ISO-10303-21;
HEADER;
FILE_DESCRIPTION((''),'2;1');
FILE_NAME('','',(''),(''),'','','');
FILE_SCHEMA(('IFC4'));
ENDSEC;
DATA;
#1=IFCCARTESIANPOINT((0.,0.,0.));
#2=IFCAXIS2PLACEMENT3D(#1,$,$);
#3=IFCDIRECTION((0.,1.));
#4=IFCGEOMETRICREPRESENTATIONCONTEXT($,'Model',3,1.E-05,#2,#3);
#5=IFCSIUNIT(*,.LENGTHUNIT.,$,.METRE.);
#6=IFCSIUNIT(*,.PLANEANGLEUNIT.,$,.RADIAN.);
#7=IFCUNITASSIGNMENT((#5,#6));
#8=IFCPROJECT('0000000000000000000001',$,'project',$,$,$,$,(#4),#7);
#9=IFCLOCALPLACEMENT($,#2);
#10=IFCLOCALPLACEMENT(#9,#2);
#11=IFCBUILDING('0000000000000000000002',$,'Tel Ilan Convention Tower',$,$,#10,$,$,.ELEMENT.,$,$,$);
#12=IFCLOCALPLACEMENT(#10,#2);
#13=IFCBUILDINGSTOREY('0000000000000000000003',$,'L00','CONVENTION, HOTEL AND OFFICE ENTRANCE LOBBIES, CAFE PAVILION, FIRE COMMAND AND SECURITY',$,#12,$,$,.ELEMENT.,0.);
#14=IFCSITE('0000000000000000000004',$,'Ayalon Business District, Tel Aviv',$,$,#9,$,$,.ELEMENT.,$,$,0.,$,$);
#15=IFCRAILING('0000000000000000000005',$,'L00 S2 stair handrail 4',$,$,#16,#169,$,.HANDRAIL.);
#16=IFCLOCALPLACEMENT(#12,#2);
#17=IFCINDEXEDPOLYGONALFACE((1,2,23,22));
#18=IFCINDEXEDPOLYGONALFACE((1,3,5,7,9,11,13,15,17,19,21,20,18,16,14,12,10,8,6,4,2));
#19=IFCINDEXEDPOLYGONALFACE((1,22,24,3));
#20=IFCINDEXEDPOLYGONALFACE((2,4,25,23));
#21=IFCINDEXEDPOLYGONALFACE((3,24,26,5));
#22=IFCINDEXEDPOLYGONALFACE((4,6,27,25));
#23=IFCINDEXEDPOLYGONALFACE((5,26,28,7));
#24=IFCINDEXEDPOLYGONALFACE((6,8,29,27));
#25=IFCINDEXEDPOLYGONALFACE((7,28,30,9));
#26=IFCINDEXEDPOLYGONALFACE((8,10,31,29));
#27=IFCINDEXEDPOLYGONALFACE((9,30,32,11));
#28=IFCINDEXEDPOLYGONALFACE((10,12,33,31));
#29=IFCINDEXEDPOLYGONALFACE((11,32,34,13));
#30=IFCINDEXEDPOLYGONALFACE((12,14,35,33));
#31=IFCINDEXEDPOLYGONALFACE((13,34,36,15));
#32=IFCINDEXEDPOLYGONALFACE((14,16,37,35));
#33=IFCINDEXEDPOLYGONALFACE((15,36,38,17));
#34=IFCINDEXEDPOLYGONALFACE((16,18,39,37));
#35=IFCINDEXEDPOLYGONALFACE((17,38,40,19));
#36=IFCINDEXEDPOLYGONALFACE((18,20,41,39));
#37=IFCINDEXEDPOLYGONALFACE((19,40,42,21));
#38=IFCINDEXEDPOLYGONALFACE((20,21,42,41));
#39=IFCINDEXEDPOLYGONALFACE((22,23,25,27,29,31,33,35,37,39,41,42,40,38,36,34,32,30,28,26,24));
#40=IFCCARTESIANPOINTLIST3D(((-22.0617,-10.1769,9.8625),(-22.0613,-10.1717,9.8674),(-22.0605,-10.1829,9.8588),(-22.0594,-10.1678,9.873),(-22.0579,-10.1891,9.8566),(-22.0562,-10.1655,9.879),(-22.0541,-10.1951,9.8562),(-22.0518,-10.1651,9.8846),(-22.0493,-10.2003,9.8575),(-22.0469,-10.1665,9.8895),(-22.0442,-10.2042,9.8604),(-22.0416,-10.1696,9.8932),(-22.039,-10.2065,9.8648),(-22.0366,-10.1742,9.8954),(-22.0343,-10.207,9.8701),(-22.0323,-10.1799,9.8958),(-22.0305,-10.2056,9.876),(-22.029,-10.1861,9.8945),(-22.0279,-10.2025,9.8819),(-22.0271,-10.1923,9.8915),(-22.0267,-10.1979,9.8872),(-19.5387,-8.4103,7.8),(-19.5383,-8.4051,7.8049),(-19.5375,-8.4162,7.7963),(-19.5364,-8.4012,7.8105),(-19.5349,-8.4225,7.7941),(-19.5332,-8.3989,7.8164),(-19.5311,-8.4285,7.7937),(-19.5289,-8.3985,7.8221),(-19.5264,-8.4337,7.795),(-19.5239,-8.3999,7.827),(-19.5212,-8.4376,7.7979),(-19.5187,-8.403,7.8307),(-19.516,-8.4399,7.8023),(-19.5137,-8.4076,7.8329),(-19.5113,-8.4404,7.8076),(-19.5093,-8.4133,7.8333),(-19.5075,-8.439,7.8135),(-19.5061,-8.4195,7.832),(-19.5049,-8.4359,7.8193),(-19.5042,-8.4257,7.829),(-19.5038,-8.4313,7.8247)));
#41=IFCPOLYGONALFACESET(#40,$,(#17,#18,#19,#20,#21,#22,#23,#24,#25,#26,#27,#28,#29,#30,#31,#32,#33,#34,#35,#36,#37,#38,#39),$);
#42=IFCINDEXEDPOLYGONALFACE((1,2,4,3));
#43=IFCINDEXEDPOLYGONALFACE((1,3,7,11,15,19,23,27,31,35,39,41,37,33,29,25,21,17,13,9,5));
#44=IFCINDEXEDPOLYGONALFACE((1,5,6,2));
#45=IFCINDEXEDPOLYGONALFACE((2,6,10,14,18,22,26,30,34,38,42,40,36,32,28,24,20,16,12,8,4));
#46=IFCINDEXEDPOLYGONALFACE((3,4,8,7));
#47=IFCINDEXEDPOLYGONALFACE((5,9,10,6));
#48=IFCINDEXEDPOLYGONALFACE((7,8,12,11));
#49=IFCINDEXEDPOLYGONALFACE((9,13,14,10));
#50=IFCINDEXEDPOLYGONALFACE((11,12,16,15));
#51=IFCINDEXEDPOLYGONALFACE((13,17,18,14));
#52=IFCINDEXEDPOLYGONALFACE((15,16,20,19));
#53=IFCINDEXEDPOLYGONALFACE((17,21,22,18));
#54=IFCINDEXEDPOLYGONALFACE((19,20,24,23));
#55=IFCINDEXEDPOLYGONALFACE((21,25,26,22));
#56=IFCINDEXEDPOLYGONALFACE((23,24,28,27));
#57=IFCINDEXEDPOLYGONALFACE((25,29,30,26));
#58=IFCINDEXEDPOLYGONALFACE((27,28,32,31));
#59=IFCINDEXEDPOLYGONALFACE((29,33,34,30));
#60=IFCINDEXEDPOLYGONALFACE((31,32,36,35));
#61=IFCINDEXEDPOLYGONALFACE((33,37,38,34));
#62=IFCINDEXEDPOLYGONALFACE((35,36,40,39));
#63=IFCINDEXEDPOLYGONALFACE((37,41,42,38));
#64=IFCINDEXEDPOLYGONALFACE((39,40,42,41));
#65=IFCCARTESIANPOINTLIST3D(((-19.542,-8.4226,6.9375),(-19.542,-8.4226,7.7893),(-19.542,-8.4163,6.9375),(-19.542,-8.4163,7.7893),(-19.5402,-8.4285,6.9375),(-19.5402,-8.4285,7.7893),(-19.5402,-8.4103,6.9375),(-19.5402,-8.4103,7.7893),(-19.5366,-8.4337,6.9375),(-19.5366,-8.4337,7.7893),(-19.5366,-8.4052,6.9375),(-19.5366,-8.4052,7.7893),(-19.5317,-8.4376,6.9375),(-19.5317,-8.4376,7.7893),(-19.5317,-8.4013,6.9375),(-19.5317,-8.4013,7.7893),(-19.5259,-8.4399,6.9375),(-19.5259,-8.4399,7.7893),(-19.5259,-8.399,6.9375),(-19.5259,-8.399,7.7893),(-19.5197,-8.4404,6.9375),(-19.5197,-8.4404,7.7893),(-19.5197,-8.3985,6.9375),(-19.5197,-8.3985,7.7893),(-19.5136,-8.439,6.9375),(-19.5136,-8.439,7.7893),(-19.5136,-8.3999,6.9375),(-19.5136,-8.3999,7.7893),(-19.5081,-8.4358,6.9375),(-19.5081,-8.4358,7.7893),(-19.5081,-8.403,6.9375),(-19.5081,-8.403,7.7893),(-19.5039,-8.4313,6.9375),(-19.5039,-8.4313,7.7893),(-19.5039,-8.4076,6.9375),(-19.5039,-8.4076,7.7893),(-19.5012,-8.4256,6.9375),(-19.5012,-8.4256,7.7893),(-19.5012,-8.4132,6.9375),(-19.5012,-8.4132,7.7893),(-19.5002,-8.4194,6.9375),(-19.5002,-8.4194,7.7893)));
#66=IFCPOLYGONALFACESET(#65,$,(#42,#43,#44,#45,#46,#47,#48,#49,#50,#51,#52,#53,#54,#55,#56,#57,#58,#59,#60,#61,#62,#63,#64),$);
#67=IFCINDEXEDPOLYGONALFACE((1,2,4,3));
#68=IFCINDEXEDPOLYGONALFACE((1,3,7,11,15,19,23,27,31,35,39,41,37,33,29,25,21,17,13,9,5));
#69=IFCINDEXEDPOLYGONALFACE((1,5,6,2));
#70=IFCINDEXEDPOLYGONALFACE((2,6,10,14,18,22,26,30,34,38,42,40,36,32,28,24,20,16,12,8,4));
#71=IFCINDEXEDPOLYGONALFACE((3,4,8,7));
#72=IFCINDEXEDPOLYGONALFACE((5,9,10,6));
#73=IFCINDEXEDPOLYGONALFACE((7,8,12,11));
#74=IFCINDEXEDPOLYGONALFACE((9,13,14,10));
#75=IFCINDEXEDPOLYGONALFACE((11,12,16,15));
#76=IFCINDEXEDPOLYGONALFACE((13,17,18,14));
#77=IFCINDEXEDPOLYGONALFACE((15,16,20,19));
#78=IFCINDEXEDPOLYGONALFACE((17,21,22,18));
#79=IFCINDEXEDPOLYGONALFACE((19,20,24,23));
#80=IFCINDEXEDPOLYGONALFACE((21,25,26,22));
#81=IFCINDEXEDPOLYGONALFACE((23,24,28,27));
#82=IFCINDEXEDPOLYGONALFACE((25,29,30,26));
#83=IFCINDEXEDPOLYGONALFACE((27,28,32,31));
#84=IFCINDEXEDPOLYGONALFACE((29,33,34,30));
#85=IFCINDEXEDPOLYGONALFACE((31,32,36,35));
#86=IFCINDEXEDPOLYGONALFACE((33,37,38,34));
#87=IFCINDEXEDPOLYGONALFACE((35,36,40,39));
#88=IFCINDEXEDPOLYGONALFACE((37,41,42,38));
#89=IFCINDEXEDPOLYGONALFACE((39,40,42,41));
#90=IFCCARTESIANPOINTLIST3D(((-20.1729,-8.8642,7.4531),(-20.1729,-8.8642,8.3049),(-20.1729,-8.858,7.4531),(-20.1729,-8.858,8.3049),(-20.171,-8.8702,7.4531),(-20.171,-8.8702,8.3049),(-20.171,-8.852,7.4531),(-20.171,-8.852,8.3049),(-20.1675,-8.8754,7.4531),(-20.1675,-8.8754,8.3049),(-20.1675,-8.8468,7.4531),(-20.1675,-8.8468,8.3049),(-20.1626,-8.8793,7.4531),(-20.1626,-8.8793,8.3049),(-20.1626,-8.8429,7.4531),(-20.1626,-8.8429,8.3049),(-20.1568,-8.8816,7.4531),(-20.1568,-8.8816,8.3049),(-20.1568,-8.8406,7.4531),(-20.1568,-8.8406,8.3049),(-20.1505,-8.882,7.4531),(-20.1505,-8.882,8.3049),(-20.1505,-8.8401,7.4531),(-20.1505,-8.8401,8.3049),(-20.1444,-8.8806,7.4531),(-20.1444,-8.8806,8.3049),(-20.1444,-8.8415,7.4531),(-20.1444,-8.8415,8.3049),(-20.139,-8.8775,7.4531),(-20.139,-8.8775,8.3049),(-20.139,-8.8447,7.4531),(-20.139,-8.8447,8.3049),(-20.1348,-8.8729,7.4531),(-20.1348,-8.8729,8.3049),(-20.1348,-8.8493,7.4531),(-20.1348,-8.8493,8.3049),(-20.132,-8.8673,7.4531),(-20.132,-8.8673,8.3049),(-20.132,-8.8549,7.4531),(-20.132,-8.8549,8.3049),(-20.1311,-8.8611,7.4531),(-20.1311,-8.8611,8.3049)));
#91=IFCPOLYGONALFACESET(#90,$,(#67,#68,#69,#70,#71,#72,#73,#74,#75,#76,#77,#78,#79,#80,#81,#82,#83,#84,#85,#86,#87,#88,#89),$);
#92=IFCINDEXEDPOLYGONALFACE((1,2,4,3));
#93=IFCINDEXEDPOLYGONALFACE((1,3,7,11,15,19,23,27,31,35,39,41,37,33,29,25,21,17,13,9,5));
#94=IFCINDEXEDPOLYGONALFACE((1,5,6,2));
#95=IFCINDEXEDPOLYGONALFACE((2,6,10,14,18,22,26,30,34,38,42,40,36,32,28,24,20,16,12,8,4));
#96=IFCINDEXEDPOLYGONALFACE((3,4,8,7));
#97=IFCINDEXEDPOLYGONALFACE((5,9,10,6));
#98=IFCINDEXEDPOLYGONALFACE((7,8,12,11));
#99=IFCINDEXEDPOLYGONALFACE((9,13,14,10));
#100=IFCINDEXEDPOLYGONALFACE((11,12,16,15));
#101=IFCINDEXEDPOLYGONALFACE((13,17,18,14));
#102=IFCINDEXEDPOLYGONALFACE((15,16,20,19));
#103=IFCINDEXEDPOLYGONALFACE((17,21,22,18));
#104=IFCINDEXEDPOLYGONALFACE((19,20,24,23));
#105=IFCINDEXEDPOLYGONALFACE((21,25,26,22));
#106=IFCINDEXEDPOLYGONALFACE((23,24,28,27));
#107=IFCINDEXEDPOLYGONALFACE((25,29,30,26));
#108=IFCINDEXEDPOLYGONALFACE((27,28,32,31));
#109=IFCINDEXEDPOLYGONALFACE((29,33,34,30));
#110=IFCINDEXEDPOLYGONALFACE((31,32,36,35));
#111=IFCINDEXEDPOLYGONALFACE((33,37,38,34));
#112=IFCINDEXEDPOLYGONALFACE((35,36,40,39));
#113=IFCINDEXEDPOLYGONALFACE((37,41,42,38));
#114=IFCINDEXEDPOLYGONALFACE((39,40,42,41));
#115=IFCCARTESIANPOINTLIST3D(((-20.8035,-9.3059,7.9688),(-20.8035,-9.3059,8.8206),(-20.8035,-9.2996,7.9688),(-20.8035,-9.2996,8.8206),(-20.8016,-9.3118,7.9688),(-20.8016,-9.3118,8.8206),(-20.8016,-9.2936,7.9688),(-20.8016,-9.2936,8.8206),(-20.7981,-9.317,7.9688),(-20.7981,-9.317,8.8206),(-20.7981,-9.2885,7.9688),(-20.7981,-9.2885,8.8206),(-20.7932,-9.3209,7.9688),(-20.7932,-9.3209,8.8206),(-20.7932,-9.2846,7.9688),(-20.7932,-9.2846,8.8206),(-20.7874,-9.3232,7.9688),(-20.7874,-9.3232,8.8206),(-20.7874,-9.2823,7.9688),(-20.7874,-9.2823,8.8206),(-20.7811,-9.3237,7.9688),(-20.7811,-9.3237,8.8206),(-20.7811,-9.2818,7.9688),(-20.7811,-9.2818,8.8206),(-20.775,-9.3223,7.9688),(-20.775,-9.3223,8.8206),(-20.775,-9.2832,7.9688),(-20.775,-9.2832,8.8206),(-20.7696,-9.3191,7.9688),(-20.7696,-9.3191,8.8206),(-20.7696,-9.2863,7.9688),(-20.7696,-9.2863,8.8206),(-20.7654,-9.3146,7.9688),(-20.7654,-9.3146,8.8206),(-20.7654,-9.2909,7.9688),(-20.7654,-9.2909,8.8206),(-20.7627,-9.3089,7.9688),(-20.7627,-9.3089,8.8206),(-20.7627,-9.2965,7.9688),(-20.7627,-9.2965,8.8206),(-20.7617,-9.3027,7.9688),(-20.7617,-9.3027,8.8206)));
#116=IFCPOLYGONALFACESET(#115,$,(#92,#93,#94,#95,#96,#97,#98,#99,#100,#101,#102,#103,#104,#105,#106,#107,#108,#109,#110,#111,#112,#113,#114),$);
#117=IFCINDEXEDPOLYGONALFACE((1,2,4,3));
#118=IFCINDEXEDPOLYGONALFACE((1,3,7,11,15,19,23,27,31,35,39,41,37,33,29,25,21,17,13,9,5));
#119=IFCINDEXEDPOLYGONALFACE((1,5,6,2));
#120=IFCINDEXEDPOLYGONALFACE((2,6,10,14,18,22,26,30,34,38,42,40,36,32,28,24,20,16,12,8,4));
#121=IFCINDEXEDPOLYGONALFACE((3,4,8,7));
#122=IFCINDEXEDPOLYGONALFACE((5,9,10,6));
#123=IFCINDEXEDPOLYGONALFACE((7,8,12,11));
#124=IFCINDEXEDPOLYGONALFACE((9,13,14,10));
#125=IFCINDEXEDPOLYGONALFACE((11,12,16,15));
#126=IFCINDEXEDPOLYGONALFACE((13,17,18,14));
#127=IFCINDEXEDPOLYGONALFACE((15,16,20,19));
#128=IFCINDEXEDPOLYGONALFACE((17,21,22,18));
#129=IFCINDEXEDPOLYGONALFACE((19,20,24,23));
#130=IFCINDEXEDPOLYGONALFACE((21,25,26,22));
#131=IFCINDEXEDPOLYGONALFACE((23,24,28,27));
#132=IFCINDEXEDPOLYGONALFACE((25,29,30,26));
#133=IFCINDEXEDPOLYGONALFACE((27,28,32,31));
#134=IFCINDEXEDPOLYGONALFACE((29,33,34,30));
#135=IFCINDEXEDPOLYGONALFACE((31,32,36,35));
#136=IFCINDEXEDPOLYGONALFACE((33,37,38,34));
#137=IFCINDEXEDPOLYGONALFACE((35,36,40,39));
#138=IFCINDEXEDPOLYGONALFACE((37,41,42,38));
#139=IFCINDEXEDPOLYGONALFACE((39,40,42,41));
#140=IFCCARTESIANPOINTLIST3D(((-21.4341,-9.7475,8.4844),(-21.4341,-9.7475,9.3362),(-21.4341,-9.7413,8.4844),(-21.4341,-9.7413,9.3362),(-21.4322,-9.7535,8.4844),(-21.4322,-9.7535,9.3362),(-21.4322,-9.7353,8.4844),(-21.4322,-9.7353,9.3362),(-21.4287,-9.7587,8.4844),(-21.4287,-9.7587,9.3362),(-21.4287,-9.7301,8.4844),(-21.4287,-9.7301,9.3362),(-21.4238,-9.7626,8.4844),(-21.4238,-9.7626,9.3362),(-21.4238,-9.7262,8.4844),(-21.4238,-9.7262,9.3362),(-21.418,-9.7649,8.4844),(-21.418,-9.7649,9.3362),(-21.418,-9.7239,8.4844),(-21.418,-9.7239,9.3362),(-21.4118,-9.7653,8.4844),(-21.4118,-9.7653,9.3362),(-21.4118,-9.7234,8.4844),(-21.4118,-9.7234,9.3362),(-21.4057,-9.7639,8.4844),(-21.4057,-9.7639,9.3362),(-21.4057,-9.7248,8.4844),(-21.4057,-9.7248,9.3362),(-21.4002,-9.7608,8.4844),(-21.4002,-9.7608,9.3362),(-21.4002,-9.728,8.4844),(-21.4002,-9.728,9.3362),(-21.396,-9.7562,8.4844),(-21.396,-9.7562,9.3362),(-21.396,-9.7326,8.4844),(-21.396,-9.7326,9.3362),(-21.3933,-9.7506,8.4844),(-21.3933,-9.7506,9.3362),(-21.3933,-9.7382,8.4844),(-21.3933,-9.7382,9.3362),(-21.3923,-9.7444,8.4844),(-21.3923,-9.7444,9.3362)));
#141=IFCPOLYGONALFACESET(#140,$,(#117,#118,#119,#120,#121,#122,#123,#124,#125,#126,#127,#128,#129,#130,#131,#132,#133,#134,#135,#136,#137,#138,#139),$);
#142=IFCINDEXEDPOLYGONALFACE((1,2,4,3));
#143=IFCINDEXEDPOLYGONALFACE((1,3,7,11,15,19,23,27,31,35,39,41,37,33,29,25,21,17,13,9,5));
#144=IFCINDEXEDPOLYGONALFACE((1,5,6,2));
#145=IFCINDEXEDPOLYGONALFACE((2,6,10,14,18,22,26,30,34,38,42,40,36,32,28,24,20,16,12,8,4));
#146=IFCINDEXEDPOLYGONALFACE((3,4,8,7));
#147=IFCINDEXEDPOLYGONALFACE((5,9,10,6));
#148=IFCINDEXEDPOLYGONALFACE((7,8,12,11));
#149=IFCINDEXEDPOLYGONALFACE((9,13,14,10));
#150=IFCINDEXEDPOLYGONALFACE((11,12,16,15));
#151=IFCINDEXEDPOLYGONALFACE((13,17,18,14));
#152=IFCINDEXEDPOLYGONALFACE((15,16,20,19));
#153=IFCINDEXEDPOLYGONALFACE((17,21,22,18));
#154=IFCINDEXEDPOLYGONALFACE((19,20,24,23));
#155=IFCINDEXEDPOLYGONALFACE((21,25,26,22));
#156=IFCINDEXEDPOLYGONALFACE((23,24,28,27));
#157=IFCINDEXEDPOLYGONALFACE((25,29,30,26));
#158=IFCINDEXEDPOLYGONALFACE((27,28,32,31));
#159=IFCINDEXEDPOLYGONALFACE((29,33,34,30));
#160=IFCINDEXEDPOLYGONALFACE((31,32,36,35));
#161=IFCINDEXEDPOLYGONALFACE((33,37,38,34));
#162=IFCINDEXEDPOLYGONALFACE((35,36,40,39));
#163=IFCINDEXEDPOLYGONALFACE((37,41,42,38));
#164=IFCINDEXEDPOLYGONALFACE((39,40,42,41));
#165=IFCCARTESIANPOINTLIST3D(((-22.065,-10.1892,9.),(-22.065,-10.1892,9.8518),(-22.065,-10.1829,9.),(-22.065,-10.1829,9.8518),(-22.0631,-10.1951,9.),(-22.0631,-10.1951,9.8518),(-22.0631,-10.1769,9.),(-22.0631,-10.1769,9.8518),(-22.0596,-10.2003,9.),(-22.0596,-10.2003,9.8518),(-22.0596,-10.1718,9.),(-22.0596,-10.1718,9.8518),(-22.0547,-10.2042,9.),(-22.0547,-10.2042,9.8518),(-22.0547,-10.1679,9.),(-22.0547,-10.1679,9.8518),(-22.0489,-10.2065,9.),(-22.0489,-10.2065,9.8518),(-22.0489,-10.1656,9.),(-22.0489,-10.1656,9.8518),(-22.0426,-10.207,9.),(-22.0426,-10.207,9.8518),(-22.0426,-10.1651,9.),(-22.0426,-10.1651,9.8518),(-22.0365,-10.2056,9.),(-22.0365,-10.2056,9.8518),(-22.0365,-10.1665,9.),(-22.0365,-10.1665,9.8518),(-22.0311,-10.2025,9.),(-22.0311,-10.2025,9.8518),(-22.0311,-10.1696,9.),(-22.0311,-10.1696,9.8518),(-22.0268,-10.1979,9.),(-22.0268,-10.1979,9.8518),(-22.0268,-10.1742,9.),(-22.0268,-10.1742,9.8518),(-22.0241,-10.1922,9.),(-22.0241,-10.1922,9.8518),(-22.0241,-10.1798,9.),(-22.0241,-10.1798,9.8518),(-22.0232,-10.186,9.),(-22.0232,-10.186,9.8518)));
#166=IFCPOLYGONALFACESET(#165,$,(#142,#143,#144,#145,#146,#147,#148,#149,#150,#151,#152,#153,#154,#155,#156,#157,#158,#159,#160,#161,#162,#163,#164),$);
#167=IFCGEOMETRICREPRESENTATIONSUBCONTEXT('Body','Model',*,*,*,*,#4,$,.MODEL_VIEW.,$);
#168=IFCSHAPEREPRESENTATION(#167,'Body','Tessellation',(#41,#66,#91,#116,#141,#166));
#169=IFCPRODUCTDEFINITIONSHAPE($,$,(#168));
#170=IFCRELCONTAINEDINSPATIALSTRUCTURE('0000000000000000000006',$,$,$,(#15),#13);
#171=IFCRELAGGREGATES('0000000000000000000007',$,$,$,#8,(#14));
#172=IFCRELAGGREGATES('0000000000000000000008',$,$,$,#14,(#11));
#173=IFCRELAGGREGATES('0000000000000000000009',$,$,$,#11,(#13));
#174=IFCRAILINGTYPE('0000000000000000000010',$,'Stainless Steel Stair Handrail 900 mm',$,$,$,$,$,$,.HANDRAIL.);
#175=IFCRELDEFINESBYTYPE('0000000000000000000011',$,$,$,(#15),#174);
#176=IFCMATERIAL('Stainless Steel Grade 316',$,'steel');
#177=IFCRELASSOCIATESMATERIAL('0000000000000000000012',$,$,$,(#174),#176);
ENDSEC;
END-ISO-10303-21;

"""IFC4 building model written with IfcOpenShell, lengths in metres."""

from ifc_helpers import new_model, si_unit, direction, frame, origin, origin_2d, place, context, subcontext, project, spatial, circle, extrude, material, type_object, element, save


model = new_model("IFC4")

# Units and contexts
model_context = context("Model", 3, precision=1e-05, world=origin(), true_north=direction((0.0, 1.0)))
body_context = subcontext(model_context, "Body", "Model", "MODEL_VIEW")
ifc_project = project(units=[si_unit("LENGTHUNIT", "METRE"), si_unit("PLANEANGLEUNIT", "RADIAN")], contexts=[model_context])

# Site, building, storey
site_placement = place(None, origin())
site = spatial("IfcSite", under=ifc_project, at=site_placement, Name="Ayalon Business District, Tel Aviv", CompositionType="ELEMENT", RefElevation=0.0)
building_placement = place(site_placement, origin())
building = spatial("IfcBuilding", under=site, at=building_placement, Name="Tel Ilan Convention Tower", CompositionType="ELEMENT")
storey_placement = place(building_placement, origin())
storey = spatial("IfcBuildingStorey", under=building, at=storey_placement, Name="L00", Description="CONVENTION, HOTEL AND OFFICE ENTRANCE LOBBIES, CAFE PAVILION, FIRE COMMAND AND SECURITY", CompositionType="ELEMENT", Elevation=0.0)

# Railing
ifc_material_1 = material(Name="Stainless Steel Grade 316", Category="steel")
railing_type_1 = type_object("IfcRailingType", Name="Stainless Steel Stair Handrail 900 mm", PredefinedType="HANDRAIL", material=ifc_material_1)
railing_1_placement = place(storey_placement, frame((-19.5212, -8.4194, 6.9375)))
element("IfcRailing", 1, at=railing_1_placement, inside=storey, type_object=railing_type_1, Name="L00 S2 stair handrail 4", PredefinedType="HANDRAIL", context=body_context, shape_type="SweptSolid", body=[
    extrude(circle(Radius=0.0239, at=origin_2d()), frame((0.0, 0.0, 0.876), z_axis=(-0.680635, -0.476589, 0.556416), x_axis=(0.573579, -0.81915, 0.0)), (0.0, 0.0, 1.0), 3.7068),
    extrude(circle(Radius=0.021, at=origin_2d()), origin(), (0.0, 0.0, 1.0), 0.8518),
    extrude(circle(Radius=0.021, at=origin_2d()), frame((-0.6309, -0.4417, 0.5156)), (0.0, 0.0, 1.0), 0.8518),
    extrude(circle(Radius=0.021, at=origin_2d()), frame((-1.2615, -0.8833, 1.0312)), (0.0, 0.0, 1.0), 0.8518),
    extrude(circle(Radius=0.021, at=origin_2d()), frame((-1.8921, -1.325, 1.5469)), (0.0, 0.0, 1.0), 0.8518),
    extrude(circle(Radius=0.021, at=origin_2d()), frame((-2.5229, -1.7666, 2.0625)), (0.0, 0.0, 1.0), 0.8518),
])

save(model, "model.ifc")
